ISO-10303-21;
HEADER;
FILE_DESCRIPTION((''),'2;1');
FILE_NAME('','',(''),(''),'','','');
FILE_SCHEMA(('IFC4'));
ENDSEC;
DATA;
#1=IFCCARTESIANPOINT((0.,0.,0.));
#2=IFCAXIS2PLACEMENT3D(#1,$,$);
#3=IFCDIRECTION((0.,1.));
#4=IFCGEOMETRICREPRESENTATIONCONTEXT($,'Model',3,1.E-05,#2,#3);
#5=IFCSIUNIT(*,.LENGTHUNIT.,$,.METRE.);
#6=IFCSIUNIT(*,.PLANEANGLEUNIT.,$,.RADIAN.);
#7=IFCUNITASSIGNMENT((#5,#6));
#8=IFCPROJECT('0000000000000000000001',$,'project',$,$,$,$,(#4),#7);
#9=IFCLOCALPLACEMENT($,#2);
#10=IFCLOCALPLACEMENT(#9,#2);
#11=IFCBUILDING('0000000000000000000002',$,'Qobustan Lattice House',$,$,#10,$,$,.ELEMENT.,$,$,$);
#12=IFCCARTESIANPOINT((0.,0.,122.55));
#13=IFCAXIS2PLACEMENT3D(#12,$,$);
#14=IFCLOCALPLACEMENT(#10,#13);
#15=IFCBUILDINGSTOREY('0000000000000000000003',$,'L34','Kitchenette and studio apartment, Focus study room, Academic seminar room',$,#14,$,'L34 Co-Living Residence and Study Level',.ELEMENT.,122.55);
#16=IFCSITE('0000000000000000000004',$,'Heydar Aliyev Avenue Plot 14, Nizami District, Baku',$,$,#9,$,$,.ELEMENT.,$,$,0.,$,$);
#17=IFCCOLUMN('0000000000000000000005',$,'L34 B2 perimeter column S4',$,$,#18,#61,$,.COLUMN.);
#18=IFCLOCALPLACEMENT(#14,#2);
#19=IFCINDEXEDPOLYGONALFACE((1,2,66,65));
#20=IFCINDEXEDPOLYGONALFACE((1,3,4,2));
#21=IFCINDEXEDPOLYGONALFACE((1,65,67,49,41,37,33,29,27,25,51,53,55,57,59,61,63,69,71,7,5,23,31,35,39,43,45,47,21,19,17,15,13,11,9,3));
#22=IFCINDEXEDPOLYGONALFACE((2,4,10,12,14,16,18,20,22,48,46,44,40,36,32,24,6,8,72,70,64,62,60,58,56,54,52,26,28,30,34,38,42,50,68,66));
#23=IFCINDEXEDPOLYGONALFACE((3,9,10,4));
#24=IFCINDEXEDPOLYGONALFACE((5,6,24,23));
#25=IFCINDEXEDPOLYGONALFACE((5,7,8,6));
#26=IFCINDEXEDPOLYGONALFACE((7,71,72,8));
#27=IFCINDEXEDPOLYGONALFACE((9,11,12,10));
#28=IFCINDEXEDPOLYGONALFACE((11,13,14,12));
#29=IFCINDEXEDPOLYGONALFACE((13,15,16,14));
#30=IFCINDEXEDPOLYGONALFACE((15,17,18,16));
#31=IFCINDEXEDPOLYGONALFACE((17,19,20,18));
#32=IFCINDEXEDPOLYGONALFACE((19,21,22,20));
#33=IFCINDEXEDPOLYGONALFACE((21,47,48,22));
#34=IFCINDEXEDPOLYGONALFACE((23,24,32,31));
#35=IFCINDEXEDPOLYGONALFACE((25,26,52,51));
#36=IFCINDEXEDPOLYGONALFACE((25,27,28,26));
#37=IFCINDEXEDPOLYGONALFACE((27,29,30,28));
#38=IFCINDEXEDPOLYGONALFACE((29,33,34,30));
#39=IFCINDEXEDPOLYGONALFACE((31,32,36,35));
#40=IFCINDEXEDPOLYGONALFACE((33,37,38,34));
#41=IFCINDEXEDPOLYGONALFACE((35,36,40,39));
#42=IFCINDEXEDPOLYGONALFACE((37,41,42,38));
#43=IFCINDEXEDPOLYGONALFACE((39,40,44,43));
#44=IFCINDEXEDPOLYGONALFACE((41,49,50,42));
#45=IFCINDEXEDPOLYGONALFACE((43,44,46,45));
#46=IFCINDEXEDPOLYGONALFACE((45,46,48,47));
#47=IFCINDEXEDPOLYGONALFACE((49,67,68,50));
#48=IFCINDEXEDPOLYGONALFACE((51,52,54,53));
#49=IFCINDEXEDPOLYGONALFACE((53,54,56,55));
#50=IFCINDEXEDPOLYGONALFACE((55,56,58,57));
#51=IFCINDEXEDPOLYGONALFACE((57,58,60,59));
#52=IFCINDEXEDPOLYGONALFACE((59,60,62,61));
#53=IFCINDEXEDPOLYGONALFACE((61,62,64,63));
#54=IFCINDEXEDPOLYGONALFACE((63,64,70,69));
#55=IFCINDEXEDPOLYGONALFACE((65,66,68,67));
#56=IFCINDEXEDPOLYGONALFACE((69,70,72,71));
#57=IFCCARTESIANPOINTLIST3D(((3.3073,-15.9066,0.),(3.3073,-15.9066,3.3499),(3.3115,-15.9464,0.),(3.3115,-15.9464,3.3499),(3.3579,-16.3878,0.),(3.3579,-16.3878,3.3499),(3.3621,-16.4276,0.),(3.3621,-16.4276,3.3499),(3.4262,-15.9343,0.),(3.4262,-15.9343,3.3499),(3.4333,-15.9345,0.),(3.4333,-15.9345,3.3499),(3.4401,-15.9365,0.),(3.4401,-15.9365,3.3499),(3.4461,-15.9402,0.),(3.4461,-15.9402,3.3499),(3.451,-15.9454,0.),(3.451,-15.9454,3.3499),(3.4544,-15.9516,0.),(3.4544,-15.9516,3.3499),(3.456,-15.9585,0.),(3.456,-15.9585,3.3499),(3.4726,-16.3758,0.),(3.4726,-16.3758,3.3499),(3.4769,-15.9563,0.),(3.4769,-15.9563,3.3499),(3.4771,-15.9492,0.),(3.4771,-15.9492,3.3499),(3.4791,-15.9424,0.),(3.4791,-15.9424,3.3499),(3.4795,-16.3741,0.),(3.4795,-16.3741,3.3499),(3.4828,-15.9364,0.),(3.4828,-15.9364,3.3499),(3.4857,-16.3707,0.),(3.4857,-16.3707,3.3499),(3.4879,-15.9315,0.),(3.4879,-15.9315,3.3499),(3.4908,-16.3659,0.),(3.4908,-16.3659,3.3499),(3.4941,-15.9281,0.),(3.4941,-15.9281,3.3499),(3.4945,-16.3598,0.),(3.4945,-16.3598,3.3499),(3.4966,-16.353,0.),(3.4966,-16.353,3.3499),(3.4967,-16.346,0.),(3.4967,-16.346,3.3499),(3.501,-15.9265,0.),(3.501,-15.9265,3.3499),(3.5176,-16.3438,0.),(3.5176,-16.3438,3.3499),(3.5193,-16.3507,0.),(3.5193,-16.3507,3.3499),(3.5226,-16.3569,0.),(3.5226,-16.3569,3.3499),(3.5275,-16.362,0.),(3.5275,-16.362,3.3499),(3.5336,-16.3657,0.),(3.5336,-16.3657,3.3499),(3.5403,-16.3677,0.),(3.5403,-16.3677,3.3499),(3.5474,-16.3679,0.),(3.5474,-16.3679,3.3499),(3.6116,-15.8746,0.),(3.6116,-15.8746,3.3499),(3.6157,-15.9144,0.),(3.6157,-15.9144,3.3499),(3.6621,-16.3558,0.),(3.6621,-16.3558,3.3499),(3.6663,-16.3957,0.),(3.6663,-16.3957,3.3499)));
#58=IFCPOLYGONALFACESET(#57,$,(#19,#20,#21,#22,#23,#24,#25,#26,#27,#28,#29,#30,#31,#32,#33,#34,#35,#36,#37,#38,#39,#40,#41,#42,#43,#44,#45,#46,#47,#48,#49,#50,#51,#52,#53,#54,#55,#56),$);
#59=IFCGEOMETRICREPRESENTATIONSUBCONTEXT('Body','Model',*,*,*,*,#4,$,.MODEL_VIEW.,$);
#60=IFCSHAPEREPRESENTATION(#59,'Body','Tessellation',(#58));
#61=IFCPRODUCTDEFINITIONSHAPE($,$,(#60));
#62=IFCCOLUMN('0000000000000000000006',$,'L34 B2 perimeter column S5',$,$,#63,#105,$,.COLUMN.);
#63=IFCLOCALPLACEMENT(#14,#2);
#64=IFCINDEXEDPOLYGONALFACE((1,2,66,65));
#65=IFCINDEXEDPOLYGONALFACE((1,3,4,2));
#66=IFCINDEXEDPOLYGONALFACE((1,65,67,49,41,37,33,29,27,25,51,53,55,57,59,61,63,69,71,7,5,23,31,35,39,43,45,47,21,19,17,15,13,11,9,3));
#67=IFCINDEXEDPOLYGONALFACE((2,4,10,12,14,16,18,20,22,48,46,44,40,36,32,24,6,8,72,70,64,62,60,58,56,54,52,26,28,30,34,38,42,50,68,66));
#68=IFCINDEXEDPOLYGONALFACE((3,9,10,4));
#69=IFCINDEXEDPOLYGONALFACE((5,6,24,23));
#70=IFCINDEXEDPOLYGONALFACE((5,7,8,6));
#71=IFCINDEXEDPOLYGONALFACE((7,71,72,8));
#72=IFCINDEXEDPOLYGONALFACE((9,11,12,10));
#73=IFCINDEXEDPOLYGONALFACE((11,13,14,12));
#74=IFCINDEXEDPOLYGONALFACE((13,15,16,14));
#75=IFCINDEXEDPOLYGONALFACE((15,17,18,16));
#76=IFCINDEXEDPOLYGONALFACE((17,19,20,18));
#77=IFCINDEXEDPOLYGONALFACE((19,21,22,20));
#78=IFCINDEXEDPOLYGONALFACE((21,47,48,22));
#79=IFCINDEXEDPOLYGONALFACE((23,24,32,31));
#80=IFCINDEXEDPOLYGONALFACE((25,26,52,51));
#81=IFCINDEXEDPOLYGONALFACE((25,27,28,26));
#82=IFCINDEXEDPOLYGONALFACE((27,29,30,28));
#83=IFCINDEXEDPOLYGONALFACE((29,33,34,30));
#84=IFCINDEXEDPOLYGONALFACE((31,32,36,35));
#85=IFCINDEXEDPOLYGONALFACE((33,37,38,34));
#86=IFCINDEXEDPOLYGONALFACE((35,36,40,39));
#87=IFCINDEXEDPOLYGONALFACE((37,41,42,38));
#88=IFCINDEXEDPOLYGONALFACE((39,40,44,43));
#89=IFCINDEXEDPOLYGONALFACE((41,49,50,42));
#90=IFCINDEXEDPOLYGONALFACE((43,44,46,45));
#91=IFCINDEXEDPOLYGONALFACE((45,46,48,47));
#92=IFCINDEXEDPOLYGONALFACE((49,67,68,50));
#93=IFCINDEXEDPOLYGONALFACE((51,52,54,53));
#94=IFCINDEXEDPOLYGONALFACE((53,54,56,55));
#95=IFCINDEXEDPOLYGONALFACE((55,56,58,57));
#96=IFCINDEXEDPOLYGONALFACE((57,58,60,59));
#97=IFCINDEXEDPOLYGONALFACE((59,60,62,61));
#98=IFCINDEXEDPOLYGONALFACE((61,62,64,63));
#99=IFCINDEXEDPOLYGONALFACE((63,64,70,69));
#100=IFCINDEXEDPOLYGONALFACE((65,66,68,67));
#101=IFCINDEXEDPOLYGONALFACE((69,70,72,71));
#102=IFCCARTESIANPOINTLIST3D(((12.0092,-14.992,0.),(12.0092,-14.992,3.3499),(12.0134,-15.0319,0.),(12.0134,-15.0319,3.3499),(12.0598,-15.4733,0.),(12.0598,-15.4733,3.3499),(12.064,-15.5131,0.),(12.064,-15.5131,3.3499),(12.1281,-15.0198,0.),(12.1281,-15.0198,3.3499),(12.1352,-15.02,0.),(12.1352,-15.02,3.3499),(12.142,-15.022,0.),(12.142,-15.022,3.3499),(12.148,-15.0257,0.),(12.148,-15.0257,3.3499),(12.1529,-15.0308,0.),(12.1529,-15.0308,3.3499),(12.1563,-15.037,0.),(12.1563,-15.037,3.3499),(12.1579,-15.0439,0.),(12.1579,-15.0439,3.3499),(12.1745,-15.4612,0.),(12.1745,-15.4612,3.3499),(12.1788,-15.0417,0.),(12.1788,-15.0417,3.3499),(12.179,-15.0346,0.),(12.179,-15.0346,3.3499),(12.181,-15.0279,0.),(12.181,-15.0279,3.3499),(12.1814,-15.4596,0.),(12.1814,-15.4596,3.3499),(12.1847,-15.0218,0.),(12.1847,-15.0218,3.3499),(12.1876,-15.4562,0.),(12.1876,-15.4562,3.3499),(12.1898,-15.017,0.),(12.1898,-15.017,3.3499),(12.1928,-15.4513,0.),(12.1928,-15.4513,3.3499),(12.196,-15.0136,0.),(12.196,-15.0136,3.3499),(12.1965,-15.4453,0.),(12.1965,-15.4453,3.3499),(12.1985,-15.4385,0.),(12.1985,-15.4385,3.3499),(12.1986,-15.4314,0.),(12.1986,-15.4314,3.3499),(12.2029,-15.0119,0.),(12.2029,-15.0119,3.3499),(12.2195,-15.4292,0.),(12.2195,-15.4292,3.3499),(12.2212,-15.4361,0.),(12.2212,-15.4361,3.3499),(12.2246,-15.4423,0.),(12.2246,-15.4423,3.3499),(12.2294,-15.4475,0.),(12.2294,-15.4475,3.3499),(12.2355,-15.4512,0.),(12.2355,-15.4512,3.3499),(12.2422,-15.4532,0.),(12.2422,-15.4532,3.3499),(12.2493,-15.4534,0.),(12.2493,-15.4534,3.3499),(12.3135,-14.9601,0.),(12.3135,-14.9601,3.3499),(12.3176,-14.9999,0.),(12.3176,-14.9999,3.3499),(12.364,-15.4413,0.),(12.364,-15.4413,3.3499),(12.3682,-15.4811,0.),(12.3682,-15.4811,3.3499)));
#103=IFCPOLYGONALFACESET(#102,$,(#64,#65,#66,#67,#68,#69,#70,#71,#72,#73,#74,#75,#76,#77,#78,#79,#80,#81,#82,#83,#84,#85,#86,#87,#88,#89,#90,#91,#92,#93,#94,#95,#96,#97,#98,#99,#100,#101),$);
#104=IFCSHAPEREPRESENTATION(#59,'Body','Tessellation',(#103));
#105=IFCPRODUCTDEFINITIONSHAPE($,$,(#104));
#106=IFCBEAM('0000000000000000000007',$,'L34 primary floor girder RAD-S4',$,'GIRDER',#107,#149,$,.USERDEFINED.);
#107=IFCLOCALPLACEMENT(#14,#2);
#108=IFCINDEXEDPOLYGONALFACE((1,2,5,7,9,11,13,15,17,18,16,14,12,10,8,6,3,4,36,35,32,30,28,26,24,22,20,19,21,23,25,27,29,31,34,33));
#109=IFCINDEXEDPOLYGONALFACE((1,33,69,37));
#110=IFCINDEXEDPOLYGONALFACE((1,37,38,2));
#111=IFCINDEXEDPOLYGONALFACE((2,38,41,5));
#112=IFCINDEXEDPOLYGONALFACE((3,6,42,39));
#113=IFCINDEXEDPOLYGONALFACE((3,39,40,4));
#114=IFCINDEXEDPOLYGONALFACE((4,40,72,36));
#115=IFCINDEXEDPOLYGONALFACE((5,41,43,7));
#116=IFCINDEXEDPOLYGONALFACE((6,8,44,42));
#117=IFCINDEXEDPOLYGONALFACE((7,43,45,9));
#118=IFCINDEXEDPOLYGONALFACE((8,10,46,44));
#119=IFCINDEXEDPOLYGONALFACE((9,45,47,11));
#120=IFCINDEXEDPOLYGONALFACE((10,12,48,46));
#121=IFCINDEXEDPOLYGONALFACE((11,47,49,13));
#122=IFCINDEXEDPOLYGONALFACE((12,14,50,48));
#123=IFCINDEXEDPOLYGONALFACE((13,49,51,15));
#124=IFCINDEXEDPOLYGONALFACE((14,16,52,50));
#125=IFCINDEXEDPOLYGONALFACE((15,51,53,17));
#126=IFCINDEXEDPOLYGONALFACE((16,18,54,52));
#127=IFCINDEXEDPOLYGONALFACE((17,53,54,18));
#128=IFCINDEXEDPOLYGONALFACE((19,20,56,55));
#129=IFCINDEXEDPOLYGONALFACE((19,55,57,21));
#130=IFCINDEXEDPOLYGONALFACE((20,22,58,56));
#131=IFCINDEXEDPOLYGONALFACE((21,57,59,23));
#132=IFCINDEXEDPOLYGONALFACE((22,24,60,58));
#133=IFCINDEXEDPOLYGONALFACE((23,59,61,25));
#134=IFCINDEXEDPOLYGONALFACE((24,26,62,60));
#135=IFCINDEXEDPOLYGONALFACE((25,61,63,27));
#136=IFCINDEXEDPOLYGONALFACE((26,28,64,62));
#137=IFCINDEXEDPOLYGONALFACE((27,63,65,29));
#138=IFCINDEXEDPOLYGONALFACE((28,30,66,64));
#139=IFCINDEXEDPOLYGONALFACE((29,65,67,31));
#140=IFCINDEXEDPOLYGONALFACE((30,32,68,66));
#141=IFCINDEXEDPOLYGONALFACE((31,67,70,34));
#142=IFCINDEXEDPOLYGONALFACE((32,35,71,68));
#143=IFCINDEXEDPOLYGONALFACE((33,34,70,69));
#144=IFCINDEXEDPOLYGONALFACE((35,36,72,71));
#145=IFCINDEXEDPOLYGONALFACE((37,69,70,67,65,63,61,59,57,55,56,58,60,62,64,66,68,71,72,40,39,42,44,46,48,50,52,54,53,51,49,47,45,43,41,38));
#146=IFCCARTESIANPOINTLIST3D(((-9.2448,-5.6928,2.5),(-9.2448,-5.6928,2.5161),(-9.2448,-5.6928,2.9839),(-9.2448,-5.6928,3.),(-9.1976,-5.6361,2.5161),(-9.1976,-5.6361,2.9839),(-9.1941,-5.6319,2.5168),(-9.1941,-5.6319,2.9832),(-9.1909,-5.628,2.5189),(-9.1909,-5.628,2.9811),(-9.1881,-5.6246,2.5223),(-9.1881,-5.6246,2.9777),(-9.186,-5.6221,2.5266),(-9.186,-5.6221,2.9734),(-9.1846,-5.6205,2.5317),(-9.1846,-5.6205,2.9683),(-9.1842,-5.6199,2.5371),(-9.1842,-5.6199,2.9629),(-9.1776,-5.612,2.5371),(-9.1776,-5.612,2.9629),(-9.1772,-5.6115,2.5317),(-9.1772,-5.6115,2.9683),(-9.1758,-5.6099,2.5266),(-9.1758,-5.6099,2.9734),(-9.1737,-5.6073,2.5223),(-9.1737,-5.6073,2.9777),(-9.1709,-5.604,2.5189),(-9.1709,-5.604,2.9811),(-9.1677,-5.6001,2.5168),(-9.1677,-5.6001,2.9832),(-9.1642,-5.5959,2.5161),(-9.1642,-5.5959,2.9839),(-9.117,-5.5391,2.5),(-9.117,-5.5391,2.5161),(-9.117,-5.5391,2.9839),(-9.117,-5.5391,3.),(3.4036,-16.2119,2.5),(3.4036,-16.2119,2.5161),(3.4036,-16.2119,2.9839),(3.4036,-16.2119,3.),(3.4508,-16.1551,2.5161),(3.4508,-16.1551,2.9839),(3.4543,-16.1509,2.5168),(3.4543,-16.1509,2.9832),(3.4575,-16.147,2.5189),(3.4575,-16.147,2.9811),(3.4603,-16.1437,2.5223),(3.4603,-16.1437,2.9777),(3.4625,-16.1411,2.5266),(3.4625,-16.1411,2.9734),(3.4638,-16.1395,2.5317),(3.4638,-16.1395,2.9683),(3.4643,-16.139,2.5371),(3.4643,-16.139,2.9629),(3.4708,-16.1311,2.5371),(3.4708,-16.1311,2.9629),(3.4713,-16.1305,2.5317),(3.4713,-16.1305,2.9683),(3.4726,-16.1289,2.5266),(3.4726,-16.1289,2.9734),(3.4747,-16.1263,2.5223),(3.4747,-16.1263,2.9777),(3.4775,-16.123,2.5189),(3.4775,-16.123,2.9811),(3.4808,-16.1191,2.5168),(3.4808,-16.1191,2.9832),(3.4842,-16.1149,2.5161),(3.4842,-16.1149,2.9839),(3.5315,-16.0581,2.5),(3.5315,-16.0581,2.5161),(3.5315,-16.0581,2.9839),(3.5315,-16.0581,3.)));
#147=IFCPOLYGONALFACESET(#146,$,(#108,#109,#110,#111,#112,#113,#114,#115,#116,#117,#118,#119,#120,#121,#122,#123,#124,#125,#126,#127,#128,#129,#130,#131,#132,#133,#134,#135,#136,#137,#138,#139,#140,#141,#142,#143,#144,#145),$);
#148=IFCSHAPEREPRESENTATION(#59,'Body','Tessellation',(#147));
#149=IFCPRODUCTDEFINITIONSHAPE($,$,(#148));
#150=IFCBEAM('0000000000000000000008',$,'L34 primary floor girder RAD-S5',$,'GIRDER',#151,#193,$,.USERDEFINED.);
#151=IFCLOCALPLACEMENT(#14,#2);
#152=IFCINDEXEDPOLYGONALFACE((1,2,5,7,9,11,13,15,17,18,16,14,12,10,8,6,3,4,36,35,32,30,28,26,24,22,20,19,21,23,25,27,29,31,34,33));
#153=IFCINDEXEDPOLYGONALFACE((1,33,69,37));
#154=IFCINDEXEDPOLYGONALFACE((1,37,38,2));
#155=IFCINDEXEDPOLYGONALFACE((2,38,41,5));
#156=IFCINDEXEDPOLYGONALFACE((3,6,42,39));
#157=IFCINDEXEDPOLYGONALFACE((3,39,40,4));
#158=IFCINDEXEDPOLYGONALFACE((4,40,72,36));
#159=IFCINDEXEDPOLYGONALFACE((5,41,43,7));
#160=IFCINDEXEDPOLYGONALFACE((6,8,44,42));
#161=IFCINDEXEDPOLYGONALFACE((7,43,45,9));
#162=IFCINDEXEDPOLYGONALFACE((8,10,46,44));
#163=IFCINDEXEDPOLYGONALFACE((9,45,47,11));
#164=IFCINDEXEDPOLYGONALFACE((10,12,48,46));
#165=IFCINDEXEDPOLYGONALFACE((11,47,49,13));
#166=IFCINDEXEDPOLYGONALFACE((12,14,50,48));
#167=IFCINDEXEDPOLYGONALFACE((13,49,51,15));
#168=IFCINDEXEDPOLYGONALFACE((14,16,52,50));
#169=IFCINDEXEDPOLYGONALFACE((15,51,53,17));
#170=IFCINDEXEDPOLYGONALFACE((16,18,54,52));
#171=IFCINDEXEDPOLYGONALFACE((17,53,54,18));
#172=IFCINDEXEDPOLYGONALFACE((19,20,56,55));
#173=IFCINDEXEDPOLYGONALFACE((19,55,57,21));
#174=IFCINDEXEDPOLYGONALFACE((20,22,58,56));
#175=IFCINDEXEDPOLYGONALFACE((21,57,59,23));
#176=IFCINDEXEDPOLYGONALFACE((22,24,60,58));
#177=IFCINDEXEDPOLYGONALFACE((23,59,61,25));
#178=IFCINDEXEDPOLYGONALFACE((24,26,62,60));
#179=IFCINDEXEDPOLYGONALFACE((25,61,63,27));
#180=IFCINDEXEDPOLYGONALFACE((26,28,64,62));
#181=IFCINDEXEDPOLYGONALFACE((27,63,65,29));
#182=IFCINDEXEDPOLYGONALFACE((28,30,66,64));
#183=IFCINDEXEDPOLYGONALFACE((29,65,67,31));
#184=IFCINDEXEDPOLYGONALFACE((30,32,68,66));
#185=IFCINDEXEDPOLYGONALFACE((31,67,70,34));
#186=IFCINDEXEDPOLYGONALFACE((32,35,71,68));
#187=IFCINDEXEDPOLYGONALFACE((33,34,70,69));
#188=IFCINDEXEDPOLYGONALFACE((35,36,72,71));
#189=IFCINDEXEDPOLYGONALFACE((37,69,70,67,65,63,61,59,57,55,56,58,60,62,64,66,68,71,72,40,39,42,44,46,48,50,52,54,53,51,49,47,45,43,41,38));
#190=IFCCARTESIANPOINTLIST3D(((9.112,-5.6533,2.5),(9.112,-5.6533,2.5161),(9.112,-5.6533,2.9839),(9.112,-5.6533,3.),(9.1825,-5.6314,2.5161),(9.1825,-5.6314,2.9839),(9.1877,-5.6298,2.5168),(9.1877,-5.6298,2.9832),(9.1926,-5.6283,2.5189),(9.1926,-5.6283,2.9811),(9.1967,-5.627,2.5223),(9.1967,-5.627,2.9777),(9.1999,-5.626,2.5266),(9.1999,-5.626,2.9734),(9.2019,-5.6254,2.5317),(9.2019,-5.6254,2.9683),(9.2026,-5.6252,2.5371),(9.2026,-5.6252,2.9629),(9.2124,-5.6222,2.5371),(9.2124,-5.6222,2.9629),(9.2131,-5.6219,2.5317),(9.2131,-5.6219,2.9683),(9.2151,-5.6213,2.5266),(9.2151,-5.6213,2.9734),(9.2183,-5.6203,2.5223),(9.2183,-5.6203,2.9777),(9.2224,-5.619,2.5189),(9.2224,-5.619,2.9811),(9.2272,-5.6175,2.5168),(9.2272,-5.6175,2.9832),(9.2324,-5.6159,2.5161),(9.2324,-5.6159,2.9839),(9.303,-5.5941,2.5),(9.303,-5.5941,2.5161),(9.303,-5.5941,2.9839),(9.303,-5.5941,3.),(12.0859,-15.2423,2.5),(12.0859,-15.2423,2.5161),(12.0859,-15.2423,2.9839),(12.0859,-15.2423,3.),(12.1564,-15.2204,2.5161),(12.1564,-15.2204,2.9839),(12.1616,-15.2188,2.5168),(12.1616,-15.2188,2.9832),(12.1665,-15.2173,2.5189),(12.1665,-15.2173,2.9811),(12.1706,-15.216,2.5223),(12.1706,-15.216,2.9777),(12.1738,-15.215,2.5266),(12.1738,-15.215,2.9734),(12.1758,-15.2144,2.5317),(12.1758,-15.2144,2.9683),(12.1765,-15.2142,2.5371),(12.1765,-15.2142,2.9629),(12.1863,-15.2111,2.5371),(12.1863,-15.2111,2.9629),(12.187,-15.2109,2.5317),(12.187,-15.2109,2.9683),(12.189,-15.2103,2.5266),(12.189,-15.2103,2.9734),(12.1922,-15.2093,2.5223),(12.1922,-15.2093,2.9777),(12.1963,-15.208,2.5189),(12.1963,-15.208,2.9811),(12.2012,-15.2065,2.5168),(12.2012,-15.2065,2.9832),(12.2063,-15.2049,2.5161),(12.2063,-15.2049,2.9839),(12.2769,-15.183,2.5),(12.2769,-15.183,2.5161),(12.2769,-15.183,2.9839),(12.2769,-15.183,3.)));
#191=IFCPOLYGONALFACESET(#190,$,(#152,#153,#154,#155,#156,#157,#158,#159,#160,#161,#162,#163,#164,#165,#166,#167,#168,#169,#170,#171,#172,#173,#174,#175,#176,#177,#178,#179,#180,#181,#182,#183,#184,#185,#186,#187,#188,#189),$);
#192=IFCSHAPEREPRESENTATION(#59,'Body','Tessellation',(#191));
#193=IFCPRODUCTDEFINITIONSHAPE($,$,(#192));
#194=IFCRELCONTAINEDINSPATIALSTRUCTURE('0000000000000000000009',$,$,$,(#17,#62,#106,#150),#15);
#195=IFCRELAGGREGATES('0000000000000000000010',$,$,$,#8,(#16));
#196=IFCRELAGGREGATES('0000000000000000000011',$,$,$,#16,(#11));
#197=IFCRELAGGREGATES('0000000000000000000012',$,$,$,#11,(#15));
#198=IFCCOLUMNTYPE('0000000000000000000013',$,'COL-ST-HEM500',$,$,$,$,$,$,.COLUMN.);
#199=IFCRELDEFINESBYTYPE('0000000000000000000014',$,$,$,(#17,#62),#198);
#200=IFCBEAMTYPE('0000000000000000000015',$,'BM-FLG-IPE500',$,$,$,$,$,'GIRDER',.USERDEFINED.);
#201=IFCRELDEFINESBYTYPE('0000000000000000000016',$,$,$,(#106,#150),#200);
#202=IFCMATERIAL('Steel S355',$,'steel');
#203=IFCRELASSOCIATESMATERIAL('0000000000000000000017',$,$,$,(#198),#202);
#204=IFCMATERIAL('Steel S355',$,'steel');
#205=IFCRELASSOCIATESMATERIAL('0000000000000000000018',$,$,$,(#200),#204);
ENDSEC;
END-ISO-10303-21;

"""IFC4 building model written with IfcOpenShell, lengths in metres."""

from ifc_helpers import new_model, si_unit, direction, frame, origin, origin_2d, place, context, subcontext, project, spatial, i_section, extrude, material, material_profile, profile_set, type_object, element, save


model = new_model("IFC4")

# Units and contexts
model_context = context("Model", 3, precision=1e-05, world=origin(), true_north=direction((0.0, 1.0)))
body_context = subcontext(model_context, "Body", "Model", "MODEL_VIEW")
ifc_project = project(units=[si_unit("LENGTHUNIT", "METRE"), si_unit("PLANEANGLEUNIT", "RADIAN")], contexts=[model_context])

# Site, building, storey
site_placement = place(None, origin())
site = spatial("IfcSite", under=ifc_project, at=site_placement, Name="Heydar Aliyev Avenue Plot 14, Nizami District, Baku", CompositionType="ELEMENT", RefElevation=0.0)
building_placement = place(site_placement, origin())
building = spatial("IfcBuilding", under=site, at=building_placement, Name="Qobustan Lattice House", CompositionType="ELEMENT")
storey_placement = place(building_placement, frame((0.0, 0.0, 122.55)))
storey = spatial("IfcBuildingStorey", under=building, at=storey_placement, Name="L34", Description="Kitchenette and studio apartment, Focus study room, Academic seminar room", LongName="L34 Co-Living Residence and Study Level", CompositionType="ELEMENT", Elevation=122.55)

# Columns
ifc_material_1 = material(Name="Steel S355", Category="steel")
ifc_material_profile_1 = material_profile(ifc_material_1, i_section(OverallWidth=0.3059, OverallDepth=0.5239, WebThickness=0.021, FlangeThickness=0.04, FilletRadius=0.0271, at=origin_2d()), Name="HEM500")
ifc_profile_set_1 = profile_set([ifc_material_profile_1], Name="Steel S355")
column_type = type_object("IfcColumnType", Name="COL-ST-HEM500", PredefinedType="COLUMN", material=ifc_profile_set_1)
for number, where, z_axis, x_axis, name in (
    (1, (3.4868, -16.1511, 0.0), (0.0, 0.0, 1.0), (0.994522, 0.104528, 0.0), "L34 B2 perimeter column S4"),
    (2, (12.1887, -15.2366, 0.0), (0.0, 0.0, 1.0), (0.994522, 0.104528, 0.0), "L34 B2 perimeter column S5"),
):
    element("IfcColumn", number, at=place(storey_placement, frame(where, z_axis=z_axis, x_axis=x_axis)), inside=storey, type_object=column_type, Name=name, PredefinedType="COLUMN", context=body_context, shape_type="SweptSolid", body=[
        extrude(i_section(OverallWidth=0.3059, OverallDepth=0.5239, WebThickness=0.021, FlangeThickness=0.04, FilletRadius=0.0271, at=origin_2d()), origin(), (0.0, 0.0, 1.0), 3.3499),
    ])

# Beams
ifc_material_2 = material(Name="Steel S355", Category="steel")
ifc_material_profile_2 = material_profile(ifc_material_2, i_section(OverallWidth=0.2, OverallDepth=0.5, WebThickness=0.0103, FlangeThickness=0.0161, FilletRadius=0.021, at=origin_2d()), Name="IPE500")
ifc_profile_set_2 = profile_set([ifc_material_profile_2], Name="Steel S355")
beam_type_1 = type_object("IfcBeamType", Name="BM-FLG-IPE500", ElementType="GIRDER", PredefinedType="USERDEFINED", material=ifc_profile_set_2)
beam_1_placement = place(storey_placement, frame((3.4675, -16.135, 2.75), z_axis=(-0.768858, 0.639419, 0.0), x_axis=(-0.639419, -0.768858, 0.0)))
element("IfcBeam", 3, at=beam_1_placement, inside=storey, type_object=beam_type_1, Name="L34 primary floor girder RAD-S4", ObjectType="GIRDER", PredefinedType="USERDEFINED", context=body_context, shape_type="SweptSolid", body=[
    extrude(i_section(OverallWidth=0.2, OverallDepth=0.5, WebThickness=0.0103, FlangeThickness=0.0161, FilletRadius=0.021, at=origin_2d()), origin(), (0.0, 0.0, 1.0), 16.4509),
])
beam_2_placement = place(storey_placement, frame((12.1814, -15.2126, 2.75), z_axis=(-0.296219, 0.95512, 0.0), x_axis=(-0.95512, -0.296219, 0.0)))
element("IfcBeam", 4, at=beam_2_placement, inside=storey, type_object=beam_type_1, Name="L34 primary floor girder RAD-S5", ObjectType="GIRDER", PredefinedType="USERDEFINED", context=body_context, shape_type="SweptSolid", body=[
    extrude(i_section(OverallWidth=0.2, OverallDepth=0.5, WebThickness=0.0103, FlangeThickness=0.0161, FilletRadius=0.021, at=origin_2d()), origin(), (0.0, 0.0, 1.0), 10.0396),
])

save(model, "model.ifc")
